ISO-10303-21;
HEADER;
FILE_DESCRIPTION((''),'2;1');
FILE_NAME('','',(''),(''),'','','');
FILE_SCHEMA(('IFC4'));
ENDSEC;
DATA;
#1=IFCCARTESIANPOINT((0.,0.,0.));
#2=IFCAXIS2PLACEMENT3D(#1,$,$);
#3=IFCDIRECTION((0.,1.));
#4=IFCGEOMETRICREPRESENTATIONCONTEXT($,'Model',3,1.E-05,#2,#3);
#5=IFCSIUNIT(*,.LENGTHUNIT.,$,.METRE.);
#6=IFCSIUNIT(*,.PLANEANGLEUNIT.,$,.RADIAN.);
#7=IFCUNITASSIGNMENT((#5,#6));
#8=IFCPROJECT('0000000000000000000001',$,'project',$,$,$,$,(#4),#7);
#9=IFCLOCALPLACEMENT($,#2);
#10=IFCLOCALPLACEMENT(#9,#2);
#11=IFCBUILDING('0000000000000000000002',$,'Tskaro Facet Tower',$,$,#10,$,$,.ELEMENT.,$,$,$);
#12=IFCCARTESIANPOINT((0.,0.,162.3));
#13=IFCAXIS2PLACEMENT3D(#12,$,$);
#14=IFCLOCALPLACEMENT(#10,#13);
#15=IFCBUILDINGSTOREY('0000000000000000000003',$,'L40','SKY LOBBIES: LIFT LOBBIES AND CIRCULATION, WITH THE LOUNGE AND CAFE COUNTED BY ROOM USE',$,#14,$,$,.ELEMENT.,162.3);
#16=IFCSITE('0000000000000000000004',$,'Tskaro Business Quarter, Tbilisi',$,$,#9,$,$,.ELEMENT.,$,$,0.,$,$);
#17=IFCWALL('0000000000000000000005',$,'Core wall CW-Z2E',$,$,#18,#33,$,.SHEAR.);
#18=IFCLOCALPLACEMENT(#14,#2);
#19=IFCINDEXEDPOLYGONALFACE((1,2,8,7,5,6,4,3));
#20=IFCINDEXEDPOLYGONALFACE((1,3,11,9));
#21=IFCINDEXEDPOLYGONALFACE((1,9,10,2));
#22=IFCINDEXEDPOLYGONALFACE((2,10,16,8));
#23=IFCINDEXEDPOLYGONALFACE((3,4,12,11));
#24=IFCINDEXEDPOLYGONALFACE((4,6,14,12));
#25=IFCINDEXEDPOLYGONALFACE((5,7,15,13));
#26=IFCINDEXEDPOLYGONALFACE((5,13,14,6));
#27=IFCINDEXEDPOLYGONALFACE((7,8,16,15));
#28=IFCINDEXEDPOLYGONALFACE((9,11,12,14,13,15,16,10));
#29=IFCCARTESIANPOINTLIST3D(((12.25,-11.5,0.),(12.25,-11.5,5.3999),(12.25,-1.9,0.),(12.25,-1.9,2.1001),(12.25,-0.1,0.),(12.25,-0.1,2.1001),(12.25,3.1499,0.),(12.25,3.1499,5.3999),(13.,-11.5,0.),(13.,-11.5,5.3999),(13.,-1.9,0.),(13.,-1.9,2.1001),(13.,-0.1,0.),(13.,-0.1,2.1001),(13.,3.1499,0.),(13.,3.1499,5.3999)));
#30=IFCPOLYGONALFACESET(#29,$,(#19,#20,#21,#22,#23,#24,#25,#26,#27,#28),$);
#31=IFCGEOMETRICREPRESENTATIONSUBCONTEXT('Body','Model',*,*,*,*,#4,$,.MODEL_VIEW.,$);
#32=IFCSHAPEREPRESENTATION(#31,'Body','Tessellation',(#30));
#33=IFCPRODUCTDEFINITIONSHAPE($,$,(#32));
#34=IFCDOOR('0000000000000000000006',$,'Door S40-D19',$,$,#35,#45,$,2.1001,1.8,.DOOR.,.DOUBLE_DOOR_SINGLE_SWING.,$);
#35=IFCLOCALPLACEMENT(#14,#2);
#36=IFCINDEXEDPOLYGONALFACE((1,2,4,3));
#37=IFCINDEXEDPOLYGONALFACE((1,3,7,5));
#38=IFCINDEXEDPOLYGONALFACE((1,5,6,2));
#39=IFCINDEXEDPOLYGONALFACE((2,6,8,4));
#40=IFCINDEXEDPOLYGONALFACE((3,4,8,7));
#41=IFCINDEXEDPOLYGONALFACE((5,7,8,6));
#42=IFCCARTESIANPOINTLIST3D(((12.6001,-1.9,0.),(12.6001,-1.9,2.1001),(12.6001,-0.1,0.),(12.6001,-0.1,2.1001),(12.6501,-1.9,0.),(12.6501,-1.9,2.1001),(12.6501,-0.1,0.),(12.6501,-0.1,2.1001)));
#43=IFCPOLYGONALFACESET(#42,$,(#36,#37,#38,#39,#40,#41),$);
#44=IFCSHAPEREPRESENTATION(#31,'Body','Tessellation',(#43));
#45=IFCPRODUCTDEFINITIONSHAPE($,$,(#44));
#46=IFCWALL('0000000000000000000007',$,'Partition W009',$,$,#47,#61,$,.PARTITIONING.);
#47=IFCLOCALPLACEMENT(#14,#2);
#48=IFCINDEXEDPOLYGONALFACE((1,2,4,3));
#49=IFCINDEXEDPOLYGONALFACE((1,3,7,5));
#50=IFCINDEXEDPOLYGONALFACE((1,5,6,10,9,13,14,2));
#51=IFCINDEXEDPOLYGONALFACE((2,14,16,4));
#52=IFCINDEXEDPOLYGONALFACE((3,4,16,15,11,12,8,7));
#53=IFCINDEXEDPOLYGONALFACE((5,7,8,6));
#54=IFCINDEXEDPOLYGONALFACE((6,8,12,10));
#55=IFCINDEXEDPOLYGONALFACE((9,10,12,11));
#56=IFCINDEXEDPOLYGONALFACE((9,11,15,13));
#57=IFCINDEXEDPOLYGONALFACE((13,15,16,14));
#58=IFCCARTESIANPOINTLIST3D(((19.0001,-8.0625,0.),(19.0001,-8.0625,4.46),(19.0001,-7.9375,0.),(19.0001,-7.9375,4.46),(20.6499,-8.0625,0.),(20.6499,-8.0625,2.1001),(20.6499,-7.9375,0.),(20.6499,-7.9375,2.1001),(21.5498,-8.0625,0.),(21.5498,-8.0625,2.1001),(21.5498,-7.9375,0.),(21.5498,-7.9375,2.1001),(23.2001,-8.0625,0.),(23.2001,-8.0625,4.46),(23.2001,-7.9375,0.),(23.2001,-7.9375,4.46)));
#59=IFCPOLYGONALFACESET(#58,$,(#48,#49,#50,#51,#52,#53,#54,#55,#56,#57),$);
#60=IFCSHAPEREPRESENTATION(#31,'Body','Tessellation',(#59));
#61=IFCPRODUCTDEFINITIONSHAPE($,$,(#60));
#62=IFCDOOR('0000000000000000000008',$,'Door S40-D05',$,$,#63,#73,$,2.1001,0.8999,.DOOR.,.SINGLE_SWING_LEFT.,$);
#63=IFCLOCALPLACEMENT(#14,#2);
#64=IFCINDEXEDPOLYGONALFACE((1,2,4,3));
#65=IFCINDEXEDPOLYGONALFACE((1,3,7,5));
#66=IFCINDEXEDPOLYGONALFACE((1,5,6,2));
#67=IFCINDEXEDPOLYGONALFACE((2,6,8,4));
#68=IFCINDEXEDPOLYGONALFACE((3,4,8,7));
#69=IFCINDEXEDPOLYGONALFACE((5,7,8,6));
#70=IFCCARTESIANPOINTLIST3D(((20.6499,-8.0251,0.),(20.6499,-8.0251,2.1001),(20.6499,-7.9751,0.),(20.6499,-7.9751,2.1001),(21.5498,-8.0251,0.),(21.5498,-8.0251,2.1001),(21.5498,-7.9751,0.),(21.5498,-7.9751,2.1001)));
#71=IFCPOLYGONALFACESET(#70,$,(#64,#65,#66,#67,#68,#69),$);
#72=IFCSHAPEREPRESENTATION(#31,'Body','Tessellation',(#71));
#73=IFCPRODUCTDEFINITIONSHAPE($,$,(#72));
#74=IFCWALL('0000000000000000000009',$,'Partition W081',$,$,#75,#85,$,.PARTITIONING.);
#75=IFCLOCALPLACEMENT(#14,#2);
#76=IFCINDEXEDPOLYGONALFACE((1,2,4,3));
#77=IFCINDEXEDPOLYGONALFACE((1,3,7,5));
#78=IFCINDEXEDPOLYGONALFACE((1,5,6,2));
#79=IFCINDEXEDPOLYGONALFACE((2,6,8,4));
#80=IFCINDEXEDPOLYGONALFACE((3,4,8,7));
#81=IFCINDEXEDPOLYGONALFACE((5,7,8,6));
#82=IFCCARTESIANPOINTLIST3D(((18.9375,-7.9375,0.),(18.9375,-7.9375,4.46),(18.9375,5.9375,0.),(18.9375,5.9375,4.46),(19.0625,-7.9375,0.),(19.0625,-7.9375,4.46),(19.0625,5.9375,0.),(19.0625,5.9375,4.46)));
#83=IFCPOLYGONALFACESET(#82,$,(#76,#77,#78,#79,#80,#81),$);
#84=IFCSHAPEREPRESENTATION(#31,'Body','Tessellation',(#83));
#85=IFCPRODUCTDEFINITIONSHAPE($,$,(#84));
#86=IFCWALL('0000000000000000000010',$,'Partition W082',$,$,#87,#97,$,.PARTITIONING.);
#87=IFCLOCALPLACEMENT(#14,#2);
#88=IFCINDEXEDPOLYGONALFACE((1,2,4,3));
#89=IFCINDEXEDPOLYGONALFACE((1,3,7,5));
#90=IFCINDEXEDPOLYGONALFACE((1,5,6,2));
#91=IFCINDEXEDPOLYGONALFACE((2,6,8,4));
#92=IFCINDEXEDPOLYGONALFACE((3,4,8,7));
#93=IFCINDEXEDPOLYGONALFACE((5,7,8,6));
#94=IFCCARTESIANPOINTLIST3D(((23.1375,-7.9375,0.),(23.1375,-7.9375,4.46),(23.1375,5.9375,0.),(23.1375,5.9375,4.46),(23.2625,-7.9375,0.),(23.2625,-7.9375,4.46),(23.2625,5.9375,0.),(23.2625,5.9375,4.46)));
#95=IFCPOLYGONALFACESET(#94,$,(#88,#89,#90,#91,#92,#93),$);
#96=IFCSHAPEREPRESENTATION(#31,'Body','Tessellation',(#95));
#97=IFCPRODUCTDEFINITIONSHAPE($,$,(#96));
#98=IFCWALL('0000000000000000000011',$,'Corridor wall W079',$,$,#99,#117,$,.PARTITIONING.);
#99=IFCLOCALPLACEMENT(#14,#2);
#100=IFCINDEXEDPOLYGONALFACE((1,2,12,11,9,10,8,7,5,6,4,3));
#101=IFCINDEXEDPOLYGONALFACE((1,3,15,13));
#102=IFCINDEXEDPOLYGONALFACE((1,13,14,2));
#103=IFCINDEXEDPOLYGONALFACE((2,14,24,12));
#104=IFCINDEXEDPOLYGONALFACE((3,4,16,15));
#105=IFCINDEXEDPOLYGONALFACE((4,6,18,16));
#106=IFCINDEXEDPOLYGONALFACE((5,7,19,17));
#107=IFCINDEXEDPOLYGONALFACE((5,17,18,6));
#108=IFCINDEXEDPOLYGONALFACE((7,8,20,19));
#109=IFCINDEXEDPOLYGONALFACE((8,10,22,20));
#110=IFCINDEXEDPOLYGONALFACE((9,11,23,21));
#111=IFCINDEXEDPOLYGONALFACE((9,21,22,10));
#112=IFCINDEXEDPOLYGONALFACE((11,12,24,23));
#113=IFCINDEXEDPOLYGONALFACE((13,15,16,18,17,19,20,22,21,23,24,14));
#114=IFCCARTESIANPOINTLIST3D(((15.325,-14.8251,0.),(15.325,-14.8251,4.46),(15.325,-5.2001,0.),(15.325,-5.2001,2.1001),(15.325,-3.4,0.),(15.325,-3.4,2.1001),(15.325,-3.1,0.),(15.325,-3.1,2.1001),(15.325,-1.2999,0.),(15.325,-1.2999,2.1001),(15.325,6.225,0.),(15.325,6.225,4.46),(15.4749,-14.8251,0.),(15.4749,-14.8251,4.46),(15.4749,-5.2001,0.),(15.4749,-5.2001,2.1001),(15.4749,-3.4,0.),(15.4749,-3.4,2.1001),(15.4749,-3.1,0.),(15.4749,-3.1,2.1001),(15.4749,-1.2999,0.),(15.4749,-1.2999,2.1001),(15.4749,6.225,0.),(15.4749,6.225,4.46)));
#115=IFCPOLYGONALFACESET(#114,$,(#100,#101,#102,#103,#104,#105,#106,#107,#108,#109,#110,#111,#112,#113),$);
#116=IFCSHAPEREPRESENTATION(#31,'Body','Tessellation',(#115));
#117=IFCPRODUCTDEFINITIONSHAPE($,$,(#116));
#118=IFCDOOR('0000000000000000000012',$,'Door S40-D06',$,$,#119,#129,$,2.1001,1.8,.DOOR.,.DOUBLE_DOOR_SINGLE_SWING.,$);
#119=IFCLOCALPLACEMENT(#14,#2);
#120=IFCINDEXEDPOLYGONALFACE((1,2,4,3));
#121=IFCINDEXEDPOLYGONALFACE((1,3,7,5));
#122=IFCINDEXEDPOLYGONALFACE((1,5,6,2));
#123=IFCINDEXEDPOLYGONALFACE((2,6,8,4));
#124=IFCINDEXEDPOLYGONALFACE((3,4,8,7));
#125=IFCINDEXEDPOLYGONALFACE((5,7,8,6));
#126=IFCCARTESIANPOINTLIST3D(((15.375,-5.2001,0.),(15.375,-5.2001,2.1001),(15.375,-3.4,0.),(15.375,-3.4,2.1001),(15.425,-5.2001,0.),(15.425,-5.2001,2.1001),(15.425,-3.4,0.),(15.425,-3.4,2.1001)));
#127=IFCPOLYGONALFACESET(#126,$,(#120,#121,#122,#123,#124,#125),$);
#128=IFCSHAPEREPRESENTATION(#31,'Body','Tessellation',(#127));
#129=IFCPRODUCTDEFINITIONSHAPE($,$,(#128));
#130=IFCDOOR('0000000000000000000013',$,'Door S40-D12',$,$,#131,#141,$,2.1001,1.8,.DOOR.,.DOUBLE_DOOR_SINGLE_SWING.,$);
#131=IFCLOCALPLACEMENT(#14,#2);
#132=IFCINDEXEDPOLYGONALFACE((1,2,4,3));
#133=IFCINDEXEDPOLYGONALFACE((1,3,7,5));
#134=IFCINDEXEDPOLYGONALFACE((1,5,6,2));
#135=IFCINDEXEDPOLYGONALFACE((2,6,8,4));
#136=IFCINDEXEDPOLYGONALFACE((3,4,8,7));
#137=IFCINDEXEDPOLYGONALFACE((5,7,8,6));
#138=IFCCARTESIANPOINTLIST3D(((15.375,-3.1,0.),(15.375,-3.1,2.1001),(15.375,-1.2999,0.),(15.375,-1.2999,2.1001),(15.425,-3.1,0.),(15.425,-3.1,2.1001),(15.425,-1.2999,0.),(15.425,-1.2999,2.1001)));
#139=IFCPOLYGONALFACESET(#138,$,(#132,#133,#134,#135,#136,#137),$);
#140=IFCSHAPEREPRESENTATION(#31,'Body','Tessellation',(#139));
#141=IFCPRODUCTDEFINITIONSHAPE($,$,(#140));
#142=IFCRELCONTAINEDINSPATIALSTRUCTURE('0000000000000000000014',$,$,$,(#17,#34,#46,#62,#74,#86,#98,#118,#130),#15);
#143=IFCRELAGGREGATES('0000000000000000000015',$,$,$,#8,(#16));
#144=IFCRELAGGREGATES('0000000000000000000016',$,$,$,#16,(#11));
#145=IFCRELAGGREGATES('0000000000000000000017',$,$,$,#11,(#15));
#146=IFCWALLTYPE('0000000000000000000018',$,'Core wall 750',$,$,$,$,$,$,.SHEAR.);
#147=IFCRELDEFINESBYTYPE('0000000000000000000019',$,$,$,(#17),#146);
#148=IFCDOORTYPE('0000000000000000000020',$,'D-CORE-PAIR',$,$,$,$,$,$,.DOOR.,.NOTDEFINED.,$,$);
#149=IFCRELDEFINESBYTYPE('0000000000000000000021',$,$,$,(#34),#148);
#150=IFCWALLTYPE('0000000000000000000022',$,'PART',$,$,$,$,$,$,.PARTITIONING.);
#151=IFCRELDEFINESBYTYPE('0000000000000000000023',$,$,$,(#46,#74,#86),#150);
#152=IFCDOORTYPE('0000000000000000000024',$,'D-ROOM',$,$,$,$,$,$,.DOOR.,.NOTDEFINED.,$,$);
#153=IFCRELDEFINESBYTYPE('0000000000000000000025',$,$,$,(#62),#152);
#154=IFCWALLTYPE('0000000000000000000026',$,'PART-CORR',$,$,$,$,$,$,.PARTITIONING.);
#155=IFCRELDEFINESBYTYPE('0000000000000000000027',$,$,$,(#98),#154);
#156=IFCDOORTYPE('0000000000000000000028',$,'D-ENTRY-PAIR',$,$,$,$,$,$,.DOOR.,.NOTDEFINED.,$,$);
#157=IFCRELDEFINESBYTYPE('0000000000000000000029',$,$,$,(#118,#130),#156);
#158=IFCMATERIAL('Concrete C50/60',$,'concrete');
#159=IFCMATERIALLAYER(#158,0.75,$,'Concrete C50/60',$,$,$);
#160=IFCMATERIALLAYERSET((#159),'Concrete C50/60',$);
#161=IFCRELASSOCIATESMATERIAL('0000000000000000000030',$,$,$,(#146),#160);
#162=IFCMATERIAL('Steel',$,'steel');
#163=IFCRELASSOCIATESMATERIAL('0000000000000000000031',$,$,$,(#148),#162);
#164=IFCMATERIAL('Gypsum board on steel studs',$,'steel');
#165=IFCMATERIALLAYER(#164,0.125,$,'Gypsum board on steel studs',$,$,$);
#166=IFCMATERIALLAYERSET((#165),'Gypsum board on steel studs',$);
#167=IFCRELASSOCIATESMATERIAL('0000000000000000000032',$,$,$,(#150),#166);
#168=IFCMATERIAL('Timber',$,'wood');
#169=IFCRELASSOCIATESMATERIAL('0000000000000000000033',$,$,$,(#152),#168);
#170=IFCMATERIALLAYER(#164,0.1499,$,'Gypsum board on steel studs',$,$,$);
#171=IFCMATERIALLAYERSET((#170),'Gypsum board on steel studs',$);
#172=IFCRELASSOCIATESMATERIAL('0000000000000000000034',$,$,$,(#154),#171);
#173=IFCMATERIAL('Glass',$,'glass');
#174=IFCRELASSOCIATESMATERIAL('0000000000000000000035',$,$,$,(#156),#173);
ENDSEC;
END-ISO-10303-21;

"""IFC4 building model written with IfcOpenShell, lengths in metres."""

from ifc_helpers import new_model, si_unit, direction, frame, frame_2d, origin, place, context, subcontext, project, spatial, rectangle, extrude, material, layer, layer_set, type_object, element, fill, save


model = new_model("IFC4")

# Units and contexts
model_context = context("Model", 3, precision=1e-05, world=origin(), true_north=direction((0.0, 1.0)))
body_context = subcontext(model_context, "Body", "Model", "MODEL_VIEW")
ifc_project = project(units=[si_unit("LENGTHUNIT", "METRE"), si_unit("PLANEANGLEUNIT", "RADIAN")], contexts=[model_context])

# Site, building, storey
site_placement = place(None, origin())
site = spatial("IfcSite", under=ifc_project, at=site_placement, Name="Tskaro Business Quarter, Tbilisi", CompositionType="ELEMENT", RefElevation=0.0)
building_placement = place(site_placement, origin())
building = spatial("IfcBuilding", under=site, at=building_placement, Name="Tskaro Facet Tower", CompositionType="ELEMENT")
storey_placement = place(building_placement, frame((0.0, 0.0, 162.3)))
storey = spatial("IfcBuildingStorey", under=building, at=storey_placement, Name="L40", Description="SKY LOBBIES: LIFT LOBBIES AND CIRCULATION, WITH THE LOUNGE AND CAFE COUNTED BY ROOM USE", CompositionType="ELEMENT", Elevation=162.3)

# Walls, openings, doors
ifc_material_1 = material(Name="Concrete C50/60", Category="concrete")
ifc_layer_1 = layer(ifc_material_1, 0.75, Name="Concrete C50/60")
ifc_layer_set_1 = layer_set([ifc_layer_1], Name="Concrete C50/60")
wall_type_1 = type_object("IfcWallType", Name="Core wall 750", PredefinedType="SHEAR", material=ifc_layer_set_1)
wall_1_placement = place(storey_placement, frame((12.625, -11.5, 0.0), z_axis=(0.0, 0.0, 1.0), x_axis=(0.0, 1.0, 0.0)))
wall_1 = element("IfcWall", 1, at=wall_1_placement, inside=storey, type_object=wall_type_1, Name="Core wall CW-Z2E", PredefinedType="SHEAR", context=body_context, shape_type="SweptSolid", body=[
    extrude(rectangle(XDim=14.6499, YDim=0.75, at=frame_2d((7.325, 0.0))), origin(), (0.0, 0.0, 1.0), 5.3999),
])
opening_1_placement = place(wall_1_placement, frame((9.6001, 0.0, 0.0)))
opening_1 = element("IfcOpeningElement", 2, at=opening_1_placement, cuts=wall_1, PredefinedType="OPENING", context=body_context, shape_type="SweptSolid", body=[
    extrude(rectangle(XDim=1.8, YDim=2.1001, at=frame_2d((0.8999, 1.05))), frame((0.0, 0.385, 0.0), z_axis=(0.0, -1.0, 0.0), x_axis=(1.0, 0.0, 0.0)), (0.0, 0.0, 1.0), 0.77),
])
ifc_material_2 = material(Name="Steel", Category="steel")
door_type_1 = type_object("IfcDoorType", Name="D-CORE-PAIR", OperationType="NOTDEFINED", PredefinedType="DOOR", material=ifc_material_2)
door_1_placement = place(opening_1_placement, origin())
door_1 = element("IfcDoor", 3, at=door_1_placement, inside=storey, type_object=door_type_1, Name="Door S40-D19", OperationType="DOUBLE_DOOR_SINGLE_SWING", OverallHeight=2.1001, OverallWidth=1.8, PredefinedType="DOOR", context=body_context, shape_type="SweptSolid", body=[
    extrude(rectangle(XDim=1.8, YDim=2.1001, at=frame_2d((0.8999, 1.05))), frame((0.0, 0.0249, 0.0), z_axis=(0.0, -1.0, 0.0), x_axis=(1.0, 0.0, 0.0)), (0.0, 0.0, 1.0), 0.05),
])
fill(opening_1, door_1)
ifc_material_3 = material(Name="Gypsum board on steel studs", Category="steel")
ifc_layer_2 = layer(ifc_material_3, 0.125, Name="Gypsum board on steel studs")
ifc_layer_set_2 = layer_set([ifc_layer_2], Name="Gypsum board on steel studs")
wall_type_2 = type_object("IfcWallType", Name="PART", PredefinedType="PARTITIONING", material=ifc_layer_set_2)
wall_2_placement = place(storey_placement, frame((19.0, -8.0, 0.0), z_axis=(0.0, 0.0, 1.0), x_axis=(1.0, 0.0, 0.0)))
wall_2 = element("IfcWall", 4, at=wall_2_placement, inside=storey, type_object=wall_type_2, Name="Partition W009", PredefinedType="PARTITIONING", context=body_context, shape_type="SweptSolid", body=[
    extrude(rectangle(XDim=4.2, YDim=0.125, at=frame_2d((2.1001, 0.0))), origin(), (0.0, 0.0, 1.0), 4.46),
])
opening_2_placement = place(wall_2_placement, frame((1.6499, 0.0, 0.0)))
opening_2 = element("IfcOpeningElement", 5, at=opening_2_placement, cuts=wall_2, PredefinedType="OPENING", context=body_context, shape_type="SweptSolid", body=[
    extrude(rectangle(XDim=0.8999, YDim=2.1001, at=frame_2d((0.45, 1.05))), frame((0.0, 0.0725, 0.0), z_axis=(0.0, -1.0, 0.0), x_axis=(1.0, 0.0, 0.0)), (0.0, 0.0, 1.0), 0.145),
])
ifc_material_4 = material(Name="Timber", Category="wood")
door_type_2 = type_object("IfcDoorType", Name="D-ROOM", OperationType="NOTDEFINED", PredefinedType="DOOR", material=ifc_material_4)
door_2_placement = place(opening_2_placement, origin())
door_2 = element("IfcDoor", 6, at=door_2_placement, inside=storey, type_object=door_type_2, Name="Door S40-D05", OperationType="SINGLE_SWING_LEFT", OverallHeight=2.1001, OverallWidth=0.8999, PredefinedType="DOOR", context=body_context, shape_type="SweptSolid", body=[
    extrude(rectangle(XDim=0.8999, YDim=2.1001, at=frame_2d((0.45, 1.05))), frame((0.0, 0.0249, 0.0), z_axis=(0.0, -1.0, 0.0), x_axis=(1.0, 0.0, 0.0)), (0.0, 0.0, 1.0), 0.05),
])
fill(opening_2, door_2)

# Walls
for number, where, z_axis, x_axis, name in (
    (7, (19.0, -7.9375, 0.0), (0.0, 0.0, 1.0), (0.0, 1.0, 0.0), "Partition W081"),
    (8, (23.2, -7.9375, 0.0), (0.0, 0.0, 1.0), (0.0, 1.0, 0.0), "Partition W082"),
):
    element("IfcWall", number, at=place(storey_placement, frame(where, z_axis=z_axis, x_axis=x_axis)), inside=storey, type_object=wall_type_2, Name=name, PredefinedType="PARTITIONING", context=body_context, shape_type="SweptSolid", body=[
        extrude(rectangle(XDim=13.875, YDim=0.125, at=frame_2d((6.9375, 0.0))), origin(), (0.0, 0.0, 1.0), 4.46),
    ])

# Wall, openings, doors
ifc_layer_3 = layer(ifc_material_3, 0.1499, Name="Gypsum board on steel studs")
ifc_layer_set_3 = layer_set([ifc_layer_3], Name="Gypsum board on steel studs")
wall_type_3 = type_object("IfcWallType", Name="PART-CORR", PredefinedType="PARTITIONING", material=ifc_layer_set_3)
wall_3_placement = place(storey_placement, frame((15.3999, -14.825, 0.0), z_axis=(0.0, 0.0, 1.0), x_axis=(0.0, 1.0, 0.0)))
wall_3 = element("IfcWall", 9, at=wall_3_placement, inside=storey, type_object=wall_type_3, Name="Corridor wall W079", PredefinedType="PARTITIONING", context=body_context, shape_type="SweptSolid", body=[
    extrude(rectangle(XDim=21.05, YDim=0.1499, at=frame_2d((10.5249, 0.0))), origin(), (0.0, 0.0, 1.0), 4.46),
])
opening_3_placement = place(wall_3_placement, frame((9.625, 0.0, 0.0)))
opening_3 = element("IfcOpeningElement", 10, at=opening_3_placement, cuts=wall_3, PredefinedType="OPENING", context=body_context, shape_type="SweptSolid", body=[
    extrude(rectangle(XDim=1.8, YDim=2.1001, at=frame_2d((0.8999, 1.05))), frame((0.0, 0.085, 0.0), z_axis=(0.0, -1.0, 0.0), x_axis=(1.0, 0.0, 0.0)), (0.0, 0.0, 1.0), 0.1699),
])
opening_4_placement = place(wall_3_placement, frame((11.7251, 0.0, 0.0)))
opening_4 = element("IfcOpeningElement", 11, at=opening_4_placement, cuts=wall_3, PredefinedType="OPENING", context=body_context, shape_type="SweptSolid", body=[
    extrude(rectangle(XDim=1.8, YDim=2.1001, at=frame_2d((0.8999, 1.05))), frame((0.0, 0.085, 0.0), z_axis=(0.0, -1.0, 0.0), x_axis=(1.0, 0.0, 0.0)), (0.0, 0.0, 1.0), 0.1699),
])
ifc_material_5 = material(Name="Glass", Category="glass")
door_type_3 = type_object("IfcDoorType", Name="D-ENTRY-PAIR", OperationType="NOTDEFINED", PredefinedType="DOOR", material=ifc_material_5)
door_3_placement = place(opening_3_placement, origin())
door_3 = element("IfcDoor", 12, at=door_3_placement, inside=storey, type_object=door_type_3, Name="Door S40-D06", OperationType="DOUBLE_DOOR_SINGLE_SWING", OverallHeight=2.1001, OverallWidth=1.8, PredefinedType="DOOR", context=body_context, shape_type="SweptSolid", body=[
    extrude(rectangle(XDim=1.8, YDim=2.1001, at=frame_2d((0.8999, 1.05))), frame((0.0, 0.0249, 0.0), z_axis=(0.0, -1.0, 0.0), x_axis=(1.0, 0.0, 0.0)), (0.0, 0.0, 1.0), 0.05),
])
fill(opening_3, door_3)
door_4_placement = place(opening_4_placement, origin())
door_4 = element("IfcDoor", 13, at=door_4_placement, inside=storey, type_object=door_type_3, Name="Door S40-D12", OperationType="DOUBLE_DOOR_SINGLE_SWING", OverallHeight=2.1001, OverallWidth=1.8, PredefinedType="DOOR", context=body_context, shape_type="SweptSolid", body=[
    extrude(rectangle(XDim=1.8, YDim=2.1001, at=frame_2d((0.8999, 1.05))), frame((0.0, 0.0249, 0.0), z_axis=(0.0, -1.0, 0.0), x_axis=(1.0, 0.0, 0.0)), (0.0, 0.0, 1.0), 0.05),
])
fill(opening_4, door_4)

save(model, "model.ifc")
